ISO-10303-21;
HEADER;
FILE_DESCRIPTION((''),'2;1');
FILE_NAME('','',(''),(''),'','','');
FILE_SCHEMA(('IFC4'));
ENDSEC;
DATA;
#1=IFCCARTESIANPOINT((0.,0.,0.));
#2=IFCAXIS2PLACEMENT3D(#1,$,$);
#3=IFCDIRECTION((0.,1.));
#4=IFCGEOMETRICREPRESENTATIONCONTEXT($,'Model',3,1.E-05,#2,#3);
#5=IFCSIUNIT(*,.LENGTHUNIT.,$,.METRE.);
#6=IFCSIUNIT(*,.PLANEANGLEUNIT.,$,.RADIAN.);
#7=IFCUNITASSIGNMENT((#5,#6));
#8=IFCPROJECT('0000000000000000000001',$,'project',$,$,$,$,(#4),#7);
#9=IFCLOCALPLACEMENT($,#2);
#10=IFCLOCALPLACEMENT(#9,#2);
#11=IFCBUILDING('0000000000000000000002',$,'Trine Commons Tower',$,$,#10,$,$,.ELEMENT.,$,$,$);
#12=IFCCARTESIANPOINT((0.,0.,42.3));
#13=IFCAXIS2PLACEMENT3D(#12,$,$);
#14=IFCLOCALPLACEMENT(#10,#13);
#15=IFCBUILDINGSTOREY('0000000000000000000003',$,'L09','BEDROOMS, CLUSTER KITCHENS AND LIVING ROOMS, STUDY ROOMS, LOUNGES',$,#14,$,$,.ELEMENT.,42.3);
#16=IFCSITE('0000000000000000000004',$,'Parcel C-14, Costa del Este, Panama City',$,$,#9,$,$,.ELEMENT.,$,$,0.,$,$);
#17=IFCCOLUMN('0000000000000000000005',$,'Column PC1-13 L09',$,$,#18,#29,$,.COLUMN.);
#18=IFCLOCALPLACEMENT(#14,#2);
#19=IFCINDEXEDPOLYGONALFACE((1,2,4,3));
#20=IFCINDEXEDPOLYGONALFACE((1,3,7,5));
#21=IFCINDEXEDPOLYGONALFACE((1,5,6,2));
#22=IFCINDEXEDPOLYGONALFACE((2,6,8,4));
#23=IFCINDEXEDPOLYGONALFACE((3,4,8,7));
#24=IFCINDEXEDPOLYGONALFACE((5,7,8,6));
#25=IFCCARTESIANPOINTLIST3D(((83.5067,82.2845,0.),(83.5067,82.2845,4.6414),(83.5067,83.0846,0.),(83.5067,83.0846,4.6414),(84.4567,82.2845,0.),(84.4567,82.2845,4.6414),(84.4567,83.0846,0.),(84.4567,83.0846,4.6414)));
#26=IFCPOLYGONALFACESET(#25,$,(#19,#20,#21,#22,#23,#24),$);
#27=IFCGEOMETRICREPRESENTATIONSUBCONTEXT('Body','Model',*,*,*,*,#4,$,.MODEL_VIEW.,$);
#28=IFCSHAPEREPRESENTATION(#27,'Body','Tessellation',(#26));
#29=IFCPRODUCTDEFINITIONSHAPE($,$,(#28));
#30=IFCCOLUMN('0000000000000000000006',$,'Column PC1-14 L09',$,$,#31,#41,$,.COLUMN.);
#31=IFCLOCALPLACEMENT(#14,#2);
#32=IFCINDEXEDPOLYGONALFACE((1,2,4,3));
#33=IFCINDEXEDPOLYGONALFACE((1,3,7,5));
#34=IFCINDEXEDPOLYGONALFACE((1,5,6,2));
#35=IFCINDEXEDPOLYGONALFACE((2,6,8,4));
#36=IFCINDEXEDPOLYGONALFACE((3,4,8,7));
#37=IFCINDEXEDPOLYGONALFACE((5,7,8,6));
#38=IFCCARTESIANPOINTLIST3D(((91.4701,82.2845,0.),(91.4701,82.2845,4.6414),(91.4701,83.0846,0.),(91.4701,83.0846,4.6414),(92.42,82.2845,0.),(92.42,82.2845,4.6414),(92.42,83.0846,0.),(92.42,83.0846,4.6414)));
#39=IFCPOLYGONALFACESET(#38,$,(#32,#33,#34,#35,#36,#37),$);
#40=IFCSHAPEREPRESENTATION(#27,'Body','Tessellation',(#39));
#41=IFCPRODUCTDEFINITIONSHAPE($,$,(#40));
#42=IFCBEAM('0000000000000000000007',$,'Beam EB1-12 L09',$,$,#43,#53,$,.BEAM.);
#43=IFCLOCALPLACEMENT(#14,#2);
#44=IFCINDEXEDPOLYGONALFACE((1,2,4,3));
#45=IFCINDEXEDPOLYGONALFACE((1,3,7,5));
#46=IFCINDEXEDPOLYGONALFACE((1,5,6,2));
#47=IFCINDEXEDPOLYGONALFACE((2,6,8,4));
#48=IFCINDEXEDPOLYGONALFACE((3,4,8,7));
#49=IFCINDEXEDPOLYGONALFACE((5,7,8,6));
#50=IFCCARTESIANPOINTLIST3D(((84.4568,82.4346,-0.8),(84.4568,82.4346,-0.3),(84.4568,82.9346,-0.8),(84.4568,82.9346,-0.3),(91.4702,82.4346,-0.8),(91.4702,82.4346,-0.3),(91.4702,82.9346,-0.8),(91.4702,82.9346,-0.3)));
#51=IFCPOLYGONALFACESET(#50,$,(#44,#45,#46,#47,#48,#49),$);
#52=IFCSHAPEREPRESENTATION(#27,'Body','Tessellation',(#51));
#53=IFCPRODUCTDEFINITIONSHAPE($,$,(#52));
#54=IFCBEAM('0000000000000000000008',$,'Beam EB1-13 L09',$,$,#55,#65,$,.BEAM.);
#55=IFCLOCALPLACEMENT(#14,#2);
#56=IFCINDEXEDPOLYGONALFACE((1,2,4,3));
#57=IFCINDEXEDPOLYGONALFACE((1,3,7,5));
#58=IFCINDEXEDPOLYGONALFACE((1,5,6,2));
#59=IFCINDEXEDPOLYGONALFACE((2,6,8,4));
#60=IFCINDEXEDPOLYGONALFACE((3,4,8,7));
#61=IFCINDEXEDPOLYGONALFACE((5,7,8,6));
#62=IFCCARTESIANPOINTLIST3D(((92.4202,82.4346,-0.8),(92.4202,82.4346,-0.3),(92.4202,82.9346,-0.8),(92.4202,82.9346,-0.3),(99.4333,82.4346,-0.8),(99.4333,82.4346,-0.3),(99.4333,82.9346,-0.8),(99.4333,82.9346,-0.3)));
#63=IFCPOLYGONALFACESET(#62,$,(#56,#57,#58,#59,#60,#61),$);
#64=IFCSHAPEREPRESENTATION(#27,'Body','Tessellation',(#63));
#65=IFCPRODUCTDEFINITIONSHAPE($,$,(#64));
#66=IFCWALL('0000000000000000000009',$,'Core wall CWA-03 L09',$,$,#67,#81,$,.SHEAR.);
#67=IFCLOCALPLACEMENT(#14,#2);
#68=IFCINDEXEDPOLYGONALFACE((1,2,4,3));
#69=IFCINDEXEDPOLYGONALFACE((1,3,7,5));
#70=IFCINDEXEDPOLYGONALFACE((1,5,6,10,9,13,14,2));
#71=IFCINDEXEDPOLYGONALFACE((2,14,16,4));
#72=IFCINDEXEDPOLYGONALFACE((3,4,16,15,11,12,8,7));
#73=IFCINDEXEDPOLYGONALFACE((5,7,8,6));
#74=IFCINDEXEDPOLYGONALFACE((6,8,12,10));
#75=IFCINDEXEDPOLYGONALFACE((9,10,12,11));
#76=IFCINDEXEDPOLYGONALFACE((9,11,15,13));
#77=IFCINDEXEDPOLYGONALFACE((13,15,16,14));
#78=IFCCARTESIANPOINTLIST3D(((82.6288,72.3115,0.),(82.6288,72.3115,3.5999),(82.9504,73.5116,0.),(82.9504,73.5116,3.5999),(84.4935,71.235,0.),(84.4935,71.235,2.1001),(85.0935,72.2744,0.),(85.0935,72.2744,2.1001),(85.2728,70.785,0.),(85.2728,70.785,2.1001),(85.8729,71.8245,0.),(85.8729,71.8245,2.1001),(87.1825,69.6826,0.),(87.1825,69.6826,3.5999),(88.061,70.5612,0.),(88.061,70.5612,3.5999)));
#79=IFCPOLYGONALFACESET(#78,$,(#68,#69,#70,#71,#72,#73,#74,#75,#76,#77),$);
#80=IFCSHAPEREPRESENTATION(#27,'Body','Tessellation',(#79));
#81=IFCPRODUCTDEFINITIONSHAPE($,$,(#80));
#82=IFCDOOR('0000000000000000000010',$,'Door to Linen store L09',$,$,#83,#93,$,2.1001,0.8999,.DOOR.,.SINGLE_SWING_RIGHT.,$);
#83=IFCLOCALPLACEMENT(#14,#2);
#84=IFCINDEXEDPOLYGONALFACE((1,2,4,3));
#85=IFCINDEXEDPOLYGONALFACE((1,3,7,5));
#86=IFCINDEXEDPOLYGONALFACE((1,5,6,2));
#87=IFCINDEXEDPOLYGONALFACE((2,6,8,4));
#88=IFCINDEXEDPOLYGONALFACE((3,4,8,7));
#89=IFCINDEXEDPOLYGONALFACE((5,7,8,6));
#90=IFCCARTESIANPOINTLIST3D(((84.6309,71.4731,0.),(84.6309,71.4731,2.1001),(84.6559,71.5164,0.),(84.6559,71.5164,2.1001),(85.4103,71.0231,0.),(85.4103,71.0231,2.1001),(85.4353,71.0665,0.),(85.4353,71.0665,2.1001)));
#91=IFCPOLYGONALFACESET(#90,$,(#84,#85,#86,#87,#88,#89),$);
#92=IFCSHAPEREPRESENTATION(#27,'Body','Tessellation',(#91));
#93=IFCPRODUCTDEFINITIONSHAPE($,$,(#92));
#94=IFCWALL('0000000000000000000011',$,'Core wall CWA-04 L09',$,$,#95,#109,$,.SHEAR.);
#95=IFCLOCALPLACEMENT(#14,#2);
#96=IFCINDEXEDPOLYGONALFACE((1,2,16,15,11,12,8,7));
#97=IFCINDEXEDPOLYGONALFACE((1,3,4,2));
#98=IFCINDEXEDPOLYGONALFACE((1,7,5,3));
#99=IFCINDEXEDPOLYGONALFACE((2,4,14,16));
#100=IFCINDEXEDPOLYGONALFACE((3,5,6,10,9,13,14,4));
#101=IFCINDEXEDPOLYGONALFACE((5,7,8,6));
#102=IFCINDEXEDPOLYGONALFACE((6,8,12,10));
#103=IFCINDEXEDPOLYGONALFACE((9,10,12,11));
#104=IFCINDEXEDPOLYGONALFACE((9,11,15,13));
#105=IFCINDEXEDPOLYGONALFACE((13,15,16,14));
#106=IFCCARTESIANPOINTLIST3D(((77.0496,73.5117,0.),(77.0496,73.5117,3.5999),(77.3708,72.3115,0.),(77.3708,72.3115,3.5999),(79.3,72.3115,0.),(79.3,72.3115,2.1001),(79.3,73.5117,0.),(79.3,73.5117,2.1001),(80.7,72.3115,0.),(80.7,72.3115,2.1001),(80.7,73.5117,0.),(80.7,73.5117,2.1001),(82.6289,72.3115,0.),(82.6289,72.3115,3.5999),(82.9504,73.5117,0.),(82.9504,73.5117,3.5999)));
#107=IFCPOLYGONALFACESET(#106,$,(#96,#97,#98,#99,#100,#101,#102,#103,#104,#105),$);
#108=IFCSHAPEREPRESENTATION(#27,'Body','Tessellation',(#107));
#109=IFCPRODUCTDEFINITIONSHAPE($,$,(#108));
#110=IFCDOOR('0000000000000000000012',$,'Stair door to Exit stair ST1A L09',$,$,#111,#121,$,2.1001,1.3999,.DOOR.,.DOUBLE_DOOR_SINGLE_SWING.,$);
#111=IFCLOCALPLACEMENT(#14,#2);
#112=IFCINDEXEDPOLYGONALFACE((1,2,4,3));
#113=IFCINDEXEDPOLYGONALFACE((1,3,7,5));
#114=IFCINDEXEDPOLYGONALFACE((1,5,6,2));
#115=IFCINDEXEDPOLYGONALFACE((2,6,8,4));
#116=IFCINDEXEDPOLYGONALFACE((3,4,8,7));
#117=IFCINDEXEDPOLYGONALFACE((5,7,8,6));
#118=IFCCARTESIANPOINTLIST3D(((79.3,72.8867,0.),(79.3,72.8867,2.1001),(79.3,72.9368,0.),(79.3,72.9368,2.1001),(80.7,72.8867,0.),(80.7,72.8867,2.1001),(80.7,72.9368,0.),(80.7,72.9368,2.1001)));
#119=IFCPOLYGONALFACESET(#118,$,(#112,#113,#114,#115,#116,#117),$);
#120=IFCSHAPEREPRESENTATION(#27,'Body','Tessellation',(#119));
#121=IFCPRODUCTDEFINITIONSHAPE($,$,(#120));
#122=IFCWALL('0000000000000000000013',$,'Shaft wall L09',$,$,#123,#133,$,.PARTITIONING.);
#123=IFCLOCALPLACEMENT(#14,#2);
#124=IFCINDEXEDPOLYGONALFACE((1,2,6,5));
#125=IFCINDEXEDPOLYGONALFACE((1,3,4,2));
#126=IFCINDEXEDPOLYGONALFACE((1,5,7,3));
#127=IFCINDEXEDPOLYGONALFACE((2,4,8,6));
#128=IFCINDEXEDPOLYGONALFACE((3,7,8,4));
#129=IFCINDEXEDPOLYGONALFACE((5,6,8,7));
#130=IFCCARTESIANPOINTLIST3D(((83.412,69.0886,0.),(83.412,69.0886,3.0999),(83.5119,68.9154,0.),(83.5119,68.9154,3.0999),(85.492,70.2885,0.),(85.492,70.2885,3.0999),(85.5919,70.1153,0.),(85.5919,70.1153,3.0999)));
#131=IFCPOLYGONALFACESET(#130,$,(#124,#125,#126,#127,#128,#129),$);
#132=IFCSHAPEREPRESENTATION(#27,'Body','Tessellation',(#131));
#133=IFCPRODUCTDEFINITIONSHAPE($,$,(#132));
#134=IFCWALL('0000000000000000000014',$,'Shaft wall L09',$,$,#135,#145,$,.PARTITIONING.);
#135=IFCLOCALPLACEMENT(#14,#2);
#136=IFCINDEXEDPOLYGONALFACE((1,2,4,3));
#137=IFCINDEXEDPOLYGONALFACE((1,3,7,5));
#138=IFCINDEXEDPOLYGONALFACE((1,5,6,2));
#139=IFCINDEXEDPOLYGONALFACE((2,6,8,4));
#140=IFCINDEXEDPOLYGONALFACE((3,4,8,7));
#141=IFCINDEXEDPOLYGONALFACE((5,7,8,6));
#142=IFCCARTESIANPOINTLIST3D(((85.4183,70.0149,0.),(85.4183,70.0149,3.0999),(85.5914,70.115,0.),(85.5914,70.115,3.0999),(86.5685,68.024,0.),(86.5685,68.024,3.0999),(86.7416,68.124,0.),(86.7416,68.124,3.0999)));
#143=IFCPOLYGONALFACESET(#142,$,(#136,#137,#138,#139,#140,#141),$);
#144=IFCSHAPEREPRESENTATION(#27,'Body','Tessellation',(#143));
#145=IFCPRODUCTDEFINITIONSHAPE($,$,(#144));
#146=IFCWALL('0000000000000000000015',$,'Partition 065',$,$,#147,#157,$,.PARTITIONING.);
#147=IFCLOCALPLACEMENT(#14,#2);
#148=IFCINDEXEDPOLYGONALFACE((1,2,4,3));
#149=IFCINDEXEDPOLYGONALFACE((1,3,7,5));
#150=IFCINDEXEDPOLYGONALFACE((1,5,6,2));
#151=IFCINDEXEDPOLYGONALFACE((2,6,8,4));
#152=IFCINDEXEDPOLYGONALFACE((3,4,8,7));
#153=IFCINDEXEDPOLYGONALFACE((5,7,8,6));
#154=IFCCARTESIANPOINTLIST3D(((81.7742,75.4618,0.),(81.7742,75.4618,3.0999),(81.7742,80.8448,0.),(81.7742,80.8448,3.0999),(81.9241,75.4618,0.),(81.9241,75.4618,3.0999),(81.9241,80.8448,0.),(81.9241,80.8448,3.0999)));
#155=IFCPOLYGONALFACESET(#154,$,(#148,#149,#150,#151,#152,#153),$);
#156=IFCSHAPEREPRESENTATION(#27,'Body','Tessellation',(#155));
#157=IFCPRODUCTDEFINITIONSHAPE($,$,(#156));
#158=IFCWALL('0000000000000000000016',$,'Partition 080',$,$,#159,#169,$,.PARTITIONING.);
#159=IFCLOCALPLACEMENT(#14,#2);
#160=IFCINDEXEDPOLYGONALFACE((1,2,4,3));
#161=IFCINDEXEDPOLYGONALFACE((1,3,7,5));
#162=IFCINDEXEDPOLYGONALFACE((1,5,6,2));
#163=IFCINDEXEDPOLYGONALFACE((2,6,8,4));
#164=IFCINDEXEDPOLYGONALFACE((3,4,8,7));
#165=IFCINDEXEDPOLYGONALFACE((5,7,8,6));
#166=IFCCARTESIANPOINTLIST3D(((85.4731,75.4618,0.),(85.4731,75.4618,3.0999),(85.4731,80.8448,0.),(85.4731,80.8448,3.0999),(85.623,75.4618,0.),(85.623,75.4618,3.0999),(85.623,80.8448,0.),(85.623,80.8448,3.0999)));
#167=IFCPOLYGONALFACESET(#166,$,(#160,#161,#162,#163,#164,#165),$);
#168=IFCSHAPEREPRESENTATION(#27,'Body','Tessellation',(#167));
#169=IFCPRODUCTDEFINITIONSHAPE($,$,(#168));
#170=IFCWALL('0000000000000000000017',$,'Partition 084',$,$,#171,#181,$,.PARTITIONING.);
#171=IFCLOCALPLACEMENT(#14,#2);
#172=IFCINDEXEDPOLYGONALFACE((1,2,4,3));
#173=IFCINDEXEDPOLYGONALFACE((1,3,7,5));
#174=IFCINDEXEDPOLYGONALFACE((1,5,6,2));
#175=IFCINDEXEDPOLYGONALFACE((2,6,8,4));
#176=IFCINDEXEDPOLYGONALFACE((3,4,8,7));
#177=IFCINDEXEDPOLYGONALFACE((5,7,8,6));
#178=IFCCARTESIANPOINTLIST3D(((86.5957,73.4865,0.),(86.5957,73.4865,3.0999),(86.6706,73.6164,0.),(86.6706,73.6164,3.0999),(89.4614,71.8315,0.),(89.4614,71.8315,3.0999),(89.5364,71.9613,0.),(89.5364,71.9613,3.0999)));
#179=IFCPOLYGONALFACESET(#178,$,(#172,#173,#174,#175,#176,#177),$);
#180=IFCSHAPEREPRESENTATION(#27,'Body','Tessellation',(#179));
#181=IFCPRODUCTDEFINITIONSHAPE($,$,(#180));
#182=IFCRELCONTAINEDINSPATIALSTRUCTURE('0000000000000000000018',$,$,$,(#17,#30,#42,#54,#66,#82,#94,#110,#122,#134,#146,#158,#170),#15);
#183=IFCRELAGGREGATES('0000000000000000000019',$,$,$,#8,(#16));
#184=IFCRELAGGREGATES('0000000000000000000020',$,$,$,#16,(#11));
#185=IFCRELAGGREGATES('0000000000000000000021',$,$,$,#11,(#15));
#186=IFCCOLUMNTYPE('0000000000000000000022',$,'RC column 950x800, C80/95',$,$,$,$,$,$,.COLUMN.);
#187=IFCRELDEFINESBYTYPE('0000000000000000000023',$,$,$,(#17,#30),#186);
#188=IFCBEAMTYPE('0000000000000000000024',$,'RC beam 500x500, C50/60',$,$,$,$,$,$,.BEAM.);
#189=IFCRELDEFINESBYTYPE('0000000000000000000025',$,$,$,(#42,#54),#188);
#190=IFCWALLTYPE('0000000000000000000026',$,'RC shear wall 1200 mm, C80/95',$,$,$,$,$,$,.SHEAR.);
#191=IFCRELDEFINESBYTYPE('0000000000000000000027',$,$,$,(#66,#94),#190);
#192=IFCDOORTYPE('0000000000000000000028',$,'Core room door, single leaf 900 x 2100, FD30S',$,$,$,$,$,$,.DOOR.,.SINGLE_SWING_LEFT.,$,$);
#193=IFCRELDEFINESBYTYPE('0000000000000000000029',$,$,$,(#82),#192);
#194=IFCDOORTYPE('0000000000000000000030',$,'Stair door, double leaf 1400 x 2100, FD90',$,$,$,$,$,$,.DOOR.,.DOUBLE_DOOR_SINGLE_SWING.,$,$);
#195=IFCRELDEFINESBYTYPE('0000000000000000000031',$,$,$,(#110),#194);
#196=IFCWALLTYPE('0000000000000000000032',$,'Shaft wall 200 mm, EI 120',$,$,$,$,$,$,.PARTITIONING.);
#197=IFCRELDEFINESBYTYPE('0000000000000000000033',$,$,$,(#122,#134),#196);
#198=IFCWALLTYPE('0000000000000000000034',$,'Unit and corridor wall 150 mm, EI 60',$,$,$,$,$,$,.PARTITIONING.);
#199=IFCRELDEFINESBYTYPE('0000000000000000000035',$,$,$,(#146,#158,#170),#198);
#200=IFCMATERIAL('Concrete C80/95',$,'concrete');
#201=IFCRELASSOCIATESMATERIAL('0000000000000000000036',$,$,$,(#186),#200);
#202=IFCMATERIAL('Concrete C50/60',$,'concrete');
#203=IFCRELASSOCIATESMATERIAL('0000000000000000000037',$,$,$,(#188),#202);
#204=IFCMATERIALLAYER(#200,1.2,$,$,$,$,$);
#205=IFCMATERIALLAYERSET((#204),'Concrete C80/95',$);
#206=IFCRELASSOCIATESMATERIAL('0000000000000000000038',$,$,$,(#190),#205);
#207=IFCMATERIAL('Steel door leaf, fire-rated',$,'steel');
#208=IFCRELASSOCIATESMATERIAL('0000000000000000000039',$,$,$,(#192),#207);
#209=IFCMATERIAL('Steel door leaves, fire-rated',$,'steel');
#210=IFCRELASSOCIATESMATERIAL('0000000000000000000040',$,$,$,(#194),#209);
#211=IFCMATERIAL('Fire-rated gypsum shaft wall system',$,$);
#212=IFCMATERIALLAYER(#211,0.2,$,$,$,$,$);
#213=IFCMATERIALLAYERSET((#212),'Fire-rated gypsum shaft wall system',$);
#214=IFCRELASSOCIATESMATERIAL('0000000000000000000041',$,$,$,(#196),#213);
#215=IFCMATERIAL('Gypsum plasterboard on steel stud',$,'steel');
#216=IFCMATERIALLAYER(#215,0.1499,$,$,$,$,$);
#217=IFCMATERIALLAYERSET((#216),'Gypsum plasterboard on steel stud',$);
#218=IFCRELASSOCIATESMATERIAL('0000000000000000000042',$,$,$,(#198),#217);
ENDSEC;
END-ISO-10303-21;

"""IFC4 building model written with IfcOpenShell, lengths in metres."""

from ifc_helpers import new_model, si_unit, direction, frame, frame_2d, origin, origin_2d, place, context, subcontext, project, spatial, polyline, rectangle, outline, extrude, material, layer, layer_set, material_profile, profile_set, type_object, element, fill, save


model = new_model("IFC4")

# Units and contexts
model_context = context("Model", 3, precision=1e-05, world=origin(), true_north=direction((0.0, 1.0)))
body_context = subcontext(model_context, "Body", "Model", "MODEL_VIEW")
ifc_project = project(units=[si_unit("LENGTHUNIT", "METRE"), si_unit("PLANEANGLEUNIT", "RADIAN")], contexts=[model_context])

# Site, building, storey
site_placement = place(None, origin())
site = spatial("IfcSite", under=ifc_project, at=site_placement, Name="Parcel C-14, Costa del Este, Panama City", CompositionType="ELEMENT", RefElevation=0.0)
building_placement = place(site_placement, origin())
building = spatial("IfcBuilding", under=site, at=building_placement, Name="Trine Commons Tower", CompositionType="ELEMENT")
storey_placement = place(building_placement, frame((0.0, 0.0, 42.3)))
storey = spatial("IfcBuildingStorey", under=building, at=storey_placement, Name="L09", Description="BEDROOMS, CLUSTER KITCHENS AND LIVING ROOMS, STUDY ROOMS, LOUNGES", CompositionType="ELEMENT", Elevation=42.3)

# Columns
ifc_material_1 = material(Name="Concrete C80/95", Category="concrete")
ifc_material_profile_1 = material_profile(ifc_material_1, rectangle(XDim=0.95, YDim=0.8, at=origin_2d()), Name="RC 950x800")
ifc_profile_set_1 = profile_set([ifc_material_profile_1], Name="Concrete C80/95")
column_type = type_object("IfcColumnType", Name="RC column 950x800, C80/95", PredefinedType="COLUMN", material=ifc_profile_set_1)
for number, where, z_axis, x_axis, name in (
    (1, (83.9817, 82.6846, 0.0), (0.0, 0.0, 1.0), (1.0, 0.0, 0.0), "Column PC1-13 L09"),
    (2, (91.9451, 82.6846, 0.0), (0.0, 0.0, 1.0), (1.0, 0.0, 0.0), "Column PC1-14 L09"),
):
    element("IfcColumn", number, at=place(storey_placement, frame(where, z_axis=z_axis, x_axis=x_axis)), inside=storey, type_object=column_type, Name=name, PredefinedType="COLUMN", context=body_context, shape_type="SweptSolid", body=[
        extrude(rectangle(XDim=0.95, YDim=0.8, at=origin_2d()), origin(), (0.0, 0.0, 1.0), 4.6414),
    ])

# Beams
ifc_material_2 = material(Name="Concrete C50/60", Category="concrete")
ifc_material_profile_2 = material_profile(ifc_material_2, rectangle(XDim=0.5, YDim=0.5, at=origin_2d()), Name="RC 500x500")
ifc_profile_set_2 = profile_set([ifc_material_profile_2], Name="Concrete C50/60")
beam_type = type_object("IfcBeamType", Name="RC beam 500x500, C50/60", PredefinedType="BEAM", material=ifc_profile_set_2)
beam_1_placement = place(storey_placement, frame((84.4568, 82.6846, -0.55), z_axis=(1.0, 0.0, 0.0), x_axis=(0.0, 1.0, 0.0)))
element("IfcBeam", 3, at=beam_1_placement, inside=storey, type_object=beam_type, Name="Beam EB1-12 L09", PredefinedType="BEAM", context=body_context, shape_type="SweptSolid", body=[
    extrude(rectangle(XDim=0.5, YDim=0.5, at=origin_2d()), origin(), (0.0, 0.0, 1.0), 7.0134),
])
beam_2_placement = place(storey_placement, frame((92.4202, 82.6846, -0.55), z_axis=(1.0, 0.0, 0.0), x_axis=(0.0, 1.0, 0.0)))
element("IfcBeam", 4, at=beam_2_placement, inside=storey, type_object=beam_type, Name="Beam EB1-13 L09", PredefinedType="BEAM", context=body_context, shape_type="SweptSolid", body=[
    extrude(rectangle(XDim=0.5, YDim=0.5, at=origin_2d()), origin(), (0.0, 0.0, 1.0), 7.0132),
])

# Walls, openings, doors
ifc_layer_1 = layer(ifc_material_1, 1.2)
ifc_layer_set_1 = layer_set([ifc_layer_1], Name="Concrete C80/95")
wall_type_1 = type_object("IfcWallType", Name="RC shear wall 1200 mm, C80/95", PredefinedType="SHEAR", material=ifc_layer_set_1)
wall_1_placement = place(storey_placement, frame((87.761, 70.0415, 0.0), z_axis=(0.0, 0.0, 1.0), x_axis=(-0.866037, 0.499979, 0.0)))
wall_1 = element("IfcWall", 5, at=wall_1_placement, inside=storey, type_object=wall_type_1, Name="Core wall CWA-03 L09", PredefinedType="SHEAR", context=body_context, shape_type="SweptSolid", body=[
    extrude(outline(polyline([(0.0, -0.6001), (5.9011, -0.6001), (5.5796, 0.6001), (0.3215, 0.6001), (0.0, -0.6001)])), origin(), (0.0, 0.0, 1.0), 3.5999),
])
opening_1_placement = place(wall_1_placement, frame((2.5266, 0.0, 0.0)))
opening_1 = element("IfcOpeningElement", 6, at=opening_1_placement, cuts=wall_1, PredefinedType="OPENING", context=body_context, shape_type="SweptSolid", body=[
    extrude(rectangle(XDim=0.8999, YDim=2.1001, at=frame_2d((0.45, 1.05))), frame((0.0, 0.6099, 0.0), z_axis=(0.0, -1.0, 0.0), x_axis=(1.0, 0.0, 0.0)), (0.0, 0.0, 1.0), 1.22),
])
ifc_material_3 = material(Name="Steel door leaf, fire-rated", Category="steel")
door_type_1 = type_object("IfcDoorType", Name="Core room door, single leaf 900 x 2100, FD30S", OperationType="SINGLE_SWING_LEFT", PredefinedType="DOOR", material=ifc_material_3)
door_1_placement = place(opening_1_placement, origin())
door_1 = element("IfcDoor", 7, at=door_1_placement, inside=storey, type_object=door_type_1, Name="Door to Linen store L09", OperationType="SINGLE_SWING_RIGHT", OverallHeight=2.1001, OverallWidth=0.8999, PredefinedType="DOOR", context=body_context, shape_type="SweptSolid", body=[
    extrude(rectangle(XDim=0.8999, YDim=2.1001, at=frame_2d((0.45, 1.05))), frame((0.0, 0.3252, 0.0), z_axis=(0.0, -1.0, 0.0), x_axis=(1.0, 0.0, 0.0)), (0.0, 0.0, 1.0), 0.05),
])
fill(opening_1, door_1)
wall_2_placement = place(storey_placement, frame((82.9504, 72.9116, 0.0), z_axis=(0.0, 0.0, 1.0), x_axis=(-1.0, 0.0, 0.0)))
wall_2 = element("IfcWall", 8, at=wall_2_placement, inside=storey, type_object=wall_type_1, Name="Core wall CWA-04 L09", PredefinedType="SHEAR", context=body_context, shape_type="SweptSolid", body=[
    extrude(outline(polyline([(0.0, -0.6001), (5.9009, -0.6001), (5.5796, 0.6001), (0.3215, 0.6001), (0.0, -0.6001)])), origin(), (0.0, 0.0, 1.0), 3.5999),
])
opening_2_placement = place(wall_2_placement, frame((2.2505, 0.0, 0.0)))
opening_2 = element("IfcOpeningElement", 9, at=opening_2_placement, cuts=wall_2, PredefinedType="OPENING", context=body_context, shape_type="SweptSolid", body=[
    extrude(rectangle(XDim=1.3999, YDim=2.1001, at=frame_2d((0.7, 1.05))), frame((0.0, 0.6099, 0.0), z_axis=(0.0, -1.0, 0.0), x_axis=(1.0, 0.0, 0.0)), (0.0, 0.0, 1.0), 1.22),
])
ifc_material_4 = material(Name="Steel door leaves, fire-rated", Category="steel")
door_type_2 = type_object("IfcDoorType", Name="Stair door, double leaf 1400 x 2100, FD90", OperationType="DOUBLE_DOOR_SINGLE_SWING", PredefinedType="DOOR", material=ifc_material_4)
door_2_placement = place(opening_2_placement, origin())
door_2 = element("IfcDoor", 10, at=door_2_placement, inside=storey, type_object=door_type_2, Name="Stair door to Exit stair ST1A L09", OperationType="DOUBLE_DOOR_SINGLE_SWING", OverallHeight=2.1001, OverallWidth=1.3999, PredefinedType="DOOR", context=body_context, shape_type="SweptSolid", body=[
    extrude(rectangle(XDim=1.3999, YDim=2.1001, at=frame_2d((0.7, 1.05))), frame((0.0, 0.0249, 0.0), z_axis=(0.0, -1.0, 0.0), x_axis=(1.0, 0.0, 0.0)), (0.0, 0.0, 1.0), 0.05),
])
fill(opening_2, door_2)

# Walls
ifc_material_5 = material(Name="Fire-rated gypsum shaft wall system")
ifc_layer_2 = layer(ifc_material_5, 0.2)
ifc_layer_set_2 = layer_set([ifc_layer_2], Name="Fire-rated gypsum shaft wall system")
wall_type_2 = type_object("IfcWallType", Name="Shaft wall 200 mm, EI 120", PredefinedType="PARTITIONING", material=ifc_layer_set_2)
wall_3_placement = place(storey_placement, frame((83.4619, 69.002, 0.0), z_axis=(0.0, 0.0, 1.0), x_axis=(0.866203, 0.499693, 0.0)))
element("IfcWall", 11, at=wall_3_placement, inside=storey, type_object=wall_type_2, Name="Shaft wall L09", PredefinedType="PARTITIONING", context=body_context, shape_type="SweptSolid", body=[
    extrude(rectangle(XDim=2.4014, YDim=0.2, at=frame_2d((1.2007, 0.0))), origin(), (0.0, 0.0, 1.0), 3.0999),
])
wall_4_placement = place(storey_placement, frame((86.655, 68.074, 0.0), z_axis=(0.0, 0.0, 1.0), x_axis=(-0.500216, 0.865901, 0.0)))
element("IfcWall", 12, at=wall_4_placement, inside=storey, type_object=wall_type_2, Name="Shaft wall L09", PredefinedType="PARTITIONING", context=body_context, shape_type="SweptSolid", body=[
    extrude(rectangle(XDim=2.2993, YDim=0.2, at=frame_2d((1.1497, 0.0))), origin(), (0.0, 0.0, 1.0), 3.0999),
])
ifc_material_6 = material(Name="Gypsum plasterboard on steel stud", Category="steel")
ifc_layer_3 = layer(ifc_material_6, 0.1499)
ifc_layer_set_3 = layer_set([ifc_layer_3], Name="Gypsum plasterboard on steel stud")
wall_type_3 = type_object("IfcWallType", Name="Unit and corridor wall 150 mm, EI 60", PredefinedType="PARTITIONING", material=ifc_layer_set_3)
for number, where, z_axis, x_axis, name in (
    (13, (81.8491, 75.4619, 0.0), (0.0, 0.0, 1.0), (0.0, 1.0, 0.0), "Partition 065"),
    (14, (85.5481, 75.4619, 0.0), (0.0, 0.0, 1.0), (0.0, 1.0, 0.0), "Partition 080"),
):
    element("IfcWall", number, at=place(storey_placement, frame(where, z_axis=z_axis, x_axis=x_axis)), inside=storey, type_object=wall_type_3, Name=name, PredefinedType="PARTITIONING", context=body_context, shape_type="SweptSolid", body=[
        extrude(rectangle(XDim=5.3831, YDim=0.1499, at=frame_2d((2.6914, 0.0))), origin(), (0.0, 0.0, 1.0), 3.0999),
    ])
wall_5_placement = place(storey_placement, frame((86.6331, 73.5515, 0.0), z_axis=(0.0, 0.0, 1.0), x_axis=(0.86596, -0.500114, 0.0)))
element("IfcWall", 15, at=wall_5_placement, inside=storey, type_object=wall_type_3, Name="Partition 084", PredefinedType="PARTITIONING", context=body_context, shape_type="SweptSolid", body=[
    extrude(rectangle(XDim=3.3093, YDim=0.1499, at=frame_2d((1.6548, 0.0))), origin(), (0.0, 0.0, 1.0), 3.0999),
])

save(model, "model.ifc")
